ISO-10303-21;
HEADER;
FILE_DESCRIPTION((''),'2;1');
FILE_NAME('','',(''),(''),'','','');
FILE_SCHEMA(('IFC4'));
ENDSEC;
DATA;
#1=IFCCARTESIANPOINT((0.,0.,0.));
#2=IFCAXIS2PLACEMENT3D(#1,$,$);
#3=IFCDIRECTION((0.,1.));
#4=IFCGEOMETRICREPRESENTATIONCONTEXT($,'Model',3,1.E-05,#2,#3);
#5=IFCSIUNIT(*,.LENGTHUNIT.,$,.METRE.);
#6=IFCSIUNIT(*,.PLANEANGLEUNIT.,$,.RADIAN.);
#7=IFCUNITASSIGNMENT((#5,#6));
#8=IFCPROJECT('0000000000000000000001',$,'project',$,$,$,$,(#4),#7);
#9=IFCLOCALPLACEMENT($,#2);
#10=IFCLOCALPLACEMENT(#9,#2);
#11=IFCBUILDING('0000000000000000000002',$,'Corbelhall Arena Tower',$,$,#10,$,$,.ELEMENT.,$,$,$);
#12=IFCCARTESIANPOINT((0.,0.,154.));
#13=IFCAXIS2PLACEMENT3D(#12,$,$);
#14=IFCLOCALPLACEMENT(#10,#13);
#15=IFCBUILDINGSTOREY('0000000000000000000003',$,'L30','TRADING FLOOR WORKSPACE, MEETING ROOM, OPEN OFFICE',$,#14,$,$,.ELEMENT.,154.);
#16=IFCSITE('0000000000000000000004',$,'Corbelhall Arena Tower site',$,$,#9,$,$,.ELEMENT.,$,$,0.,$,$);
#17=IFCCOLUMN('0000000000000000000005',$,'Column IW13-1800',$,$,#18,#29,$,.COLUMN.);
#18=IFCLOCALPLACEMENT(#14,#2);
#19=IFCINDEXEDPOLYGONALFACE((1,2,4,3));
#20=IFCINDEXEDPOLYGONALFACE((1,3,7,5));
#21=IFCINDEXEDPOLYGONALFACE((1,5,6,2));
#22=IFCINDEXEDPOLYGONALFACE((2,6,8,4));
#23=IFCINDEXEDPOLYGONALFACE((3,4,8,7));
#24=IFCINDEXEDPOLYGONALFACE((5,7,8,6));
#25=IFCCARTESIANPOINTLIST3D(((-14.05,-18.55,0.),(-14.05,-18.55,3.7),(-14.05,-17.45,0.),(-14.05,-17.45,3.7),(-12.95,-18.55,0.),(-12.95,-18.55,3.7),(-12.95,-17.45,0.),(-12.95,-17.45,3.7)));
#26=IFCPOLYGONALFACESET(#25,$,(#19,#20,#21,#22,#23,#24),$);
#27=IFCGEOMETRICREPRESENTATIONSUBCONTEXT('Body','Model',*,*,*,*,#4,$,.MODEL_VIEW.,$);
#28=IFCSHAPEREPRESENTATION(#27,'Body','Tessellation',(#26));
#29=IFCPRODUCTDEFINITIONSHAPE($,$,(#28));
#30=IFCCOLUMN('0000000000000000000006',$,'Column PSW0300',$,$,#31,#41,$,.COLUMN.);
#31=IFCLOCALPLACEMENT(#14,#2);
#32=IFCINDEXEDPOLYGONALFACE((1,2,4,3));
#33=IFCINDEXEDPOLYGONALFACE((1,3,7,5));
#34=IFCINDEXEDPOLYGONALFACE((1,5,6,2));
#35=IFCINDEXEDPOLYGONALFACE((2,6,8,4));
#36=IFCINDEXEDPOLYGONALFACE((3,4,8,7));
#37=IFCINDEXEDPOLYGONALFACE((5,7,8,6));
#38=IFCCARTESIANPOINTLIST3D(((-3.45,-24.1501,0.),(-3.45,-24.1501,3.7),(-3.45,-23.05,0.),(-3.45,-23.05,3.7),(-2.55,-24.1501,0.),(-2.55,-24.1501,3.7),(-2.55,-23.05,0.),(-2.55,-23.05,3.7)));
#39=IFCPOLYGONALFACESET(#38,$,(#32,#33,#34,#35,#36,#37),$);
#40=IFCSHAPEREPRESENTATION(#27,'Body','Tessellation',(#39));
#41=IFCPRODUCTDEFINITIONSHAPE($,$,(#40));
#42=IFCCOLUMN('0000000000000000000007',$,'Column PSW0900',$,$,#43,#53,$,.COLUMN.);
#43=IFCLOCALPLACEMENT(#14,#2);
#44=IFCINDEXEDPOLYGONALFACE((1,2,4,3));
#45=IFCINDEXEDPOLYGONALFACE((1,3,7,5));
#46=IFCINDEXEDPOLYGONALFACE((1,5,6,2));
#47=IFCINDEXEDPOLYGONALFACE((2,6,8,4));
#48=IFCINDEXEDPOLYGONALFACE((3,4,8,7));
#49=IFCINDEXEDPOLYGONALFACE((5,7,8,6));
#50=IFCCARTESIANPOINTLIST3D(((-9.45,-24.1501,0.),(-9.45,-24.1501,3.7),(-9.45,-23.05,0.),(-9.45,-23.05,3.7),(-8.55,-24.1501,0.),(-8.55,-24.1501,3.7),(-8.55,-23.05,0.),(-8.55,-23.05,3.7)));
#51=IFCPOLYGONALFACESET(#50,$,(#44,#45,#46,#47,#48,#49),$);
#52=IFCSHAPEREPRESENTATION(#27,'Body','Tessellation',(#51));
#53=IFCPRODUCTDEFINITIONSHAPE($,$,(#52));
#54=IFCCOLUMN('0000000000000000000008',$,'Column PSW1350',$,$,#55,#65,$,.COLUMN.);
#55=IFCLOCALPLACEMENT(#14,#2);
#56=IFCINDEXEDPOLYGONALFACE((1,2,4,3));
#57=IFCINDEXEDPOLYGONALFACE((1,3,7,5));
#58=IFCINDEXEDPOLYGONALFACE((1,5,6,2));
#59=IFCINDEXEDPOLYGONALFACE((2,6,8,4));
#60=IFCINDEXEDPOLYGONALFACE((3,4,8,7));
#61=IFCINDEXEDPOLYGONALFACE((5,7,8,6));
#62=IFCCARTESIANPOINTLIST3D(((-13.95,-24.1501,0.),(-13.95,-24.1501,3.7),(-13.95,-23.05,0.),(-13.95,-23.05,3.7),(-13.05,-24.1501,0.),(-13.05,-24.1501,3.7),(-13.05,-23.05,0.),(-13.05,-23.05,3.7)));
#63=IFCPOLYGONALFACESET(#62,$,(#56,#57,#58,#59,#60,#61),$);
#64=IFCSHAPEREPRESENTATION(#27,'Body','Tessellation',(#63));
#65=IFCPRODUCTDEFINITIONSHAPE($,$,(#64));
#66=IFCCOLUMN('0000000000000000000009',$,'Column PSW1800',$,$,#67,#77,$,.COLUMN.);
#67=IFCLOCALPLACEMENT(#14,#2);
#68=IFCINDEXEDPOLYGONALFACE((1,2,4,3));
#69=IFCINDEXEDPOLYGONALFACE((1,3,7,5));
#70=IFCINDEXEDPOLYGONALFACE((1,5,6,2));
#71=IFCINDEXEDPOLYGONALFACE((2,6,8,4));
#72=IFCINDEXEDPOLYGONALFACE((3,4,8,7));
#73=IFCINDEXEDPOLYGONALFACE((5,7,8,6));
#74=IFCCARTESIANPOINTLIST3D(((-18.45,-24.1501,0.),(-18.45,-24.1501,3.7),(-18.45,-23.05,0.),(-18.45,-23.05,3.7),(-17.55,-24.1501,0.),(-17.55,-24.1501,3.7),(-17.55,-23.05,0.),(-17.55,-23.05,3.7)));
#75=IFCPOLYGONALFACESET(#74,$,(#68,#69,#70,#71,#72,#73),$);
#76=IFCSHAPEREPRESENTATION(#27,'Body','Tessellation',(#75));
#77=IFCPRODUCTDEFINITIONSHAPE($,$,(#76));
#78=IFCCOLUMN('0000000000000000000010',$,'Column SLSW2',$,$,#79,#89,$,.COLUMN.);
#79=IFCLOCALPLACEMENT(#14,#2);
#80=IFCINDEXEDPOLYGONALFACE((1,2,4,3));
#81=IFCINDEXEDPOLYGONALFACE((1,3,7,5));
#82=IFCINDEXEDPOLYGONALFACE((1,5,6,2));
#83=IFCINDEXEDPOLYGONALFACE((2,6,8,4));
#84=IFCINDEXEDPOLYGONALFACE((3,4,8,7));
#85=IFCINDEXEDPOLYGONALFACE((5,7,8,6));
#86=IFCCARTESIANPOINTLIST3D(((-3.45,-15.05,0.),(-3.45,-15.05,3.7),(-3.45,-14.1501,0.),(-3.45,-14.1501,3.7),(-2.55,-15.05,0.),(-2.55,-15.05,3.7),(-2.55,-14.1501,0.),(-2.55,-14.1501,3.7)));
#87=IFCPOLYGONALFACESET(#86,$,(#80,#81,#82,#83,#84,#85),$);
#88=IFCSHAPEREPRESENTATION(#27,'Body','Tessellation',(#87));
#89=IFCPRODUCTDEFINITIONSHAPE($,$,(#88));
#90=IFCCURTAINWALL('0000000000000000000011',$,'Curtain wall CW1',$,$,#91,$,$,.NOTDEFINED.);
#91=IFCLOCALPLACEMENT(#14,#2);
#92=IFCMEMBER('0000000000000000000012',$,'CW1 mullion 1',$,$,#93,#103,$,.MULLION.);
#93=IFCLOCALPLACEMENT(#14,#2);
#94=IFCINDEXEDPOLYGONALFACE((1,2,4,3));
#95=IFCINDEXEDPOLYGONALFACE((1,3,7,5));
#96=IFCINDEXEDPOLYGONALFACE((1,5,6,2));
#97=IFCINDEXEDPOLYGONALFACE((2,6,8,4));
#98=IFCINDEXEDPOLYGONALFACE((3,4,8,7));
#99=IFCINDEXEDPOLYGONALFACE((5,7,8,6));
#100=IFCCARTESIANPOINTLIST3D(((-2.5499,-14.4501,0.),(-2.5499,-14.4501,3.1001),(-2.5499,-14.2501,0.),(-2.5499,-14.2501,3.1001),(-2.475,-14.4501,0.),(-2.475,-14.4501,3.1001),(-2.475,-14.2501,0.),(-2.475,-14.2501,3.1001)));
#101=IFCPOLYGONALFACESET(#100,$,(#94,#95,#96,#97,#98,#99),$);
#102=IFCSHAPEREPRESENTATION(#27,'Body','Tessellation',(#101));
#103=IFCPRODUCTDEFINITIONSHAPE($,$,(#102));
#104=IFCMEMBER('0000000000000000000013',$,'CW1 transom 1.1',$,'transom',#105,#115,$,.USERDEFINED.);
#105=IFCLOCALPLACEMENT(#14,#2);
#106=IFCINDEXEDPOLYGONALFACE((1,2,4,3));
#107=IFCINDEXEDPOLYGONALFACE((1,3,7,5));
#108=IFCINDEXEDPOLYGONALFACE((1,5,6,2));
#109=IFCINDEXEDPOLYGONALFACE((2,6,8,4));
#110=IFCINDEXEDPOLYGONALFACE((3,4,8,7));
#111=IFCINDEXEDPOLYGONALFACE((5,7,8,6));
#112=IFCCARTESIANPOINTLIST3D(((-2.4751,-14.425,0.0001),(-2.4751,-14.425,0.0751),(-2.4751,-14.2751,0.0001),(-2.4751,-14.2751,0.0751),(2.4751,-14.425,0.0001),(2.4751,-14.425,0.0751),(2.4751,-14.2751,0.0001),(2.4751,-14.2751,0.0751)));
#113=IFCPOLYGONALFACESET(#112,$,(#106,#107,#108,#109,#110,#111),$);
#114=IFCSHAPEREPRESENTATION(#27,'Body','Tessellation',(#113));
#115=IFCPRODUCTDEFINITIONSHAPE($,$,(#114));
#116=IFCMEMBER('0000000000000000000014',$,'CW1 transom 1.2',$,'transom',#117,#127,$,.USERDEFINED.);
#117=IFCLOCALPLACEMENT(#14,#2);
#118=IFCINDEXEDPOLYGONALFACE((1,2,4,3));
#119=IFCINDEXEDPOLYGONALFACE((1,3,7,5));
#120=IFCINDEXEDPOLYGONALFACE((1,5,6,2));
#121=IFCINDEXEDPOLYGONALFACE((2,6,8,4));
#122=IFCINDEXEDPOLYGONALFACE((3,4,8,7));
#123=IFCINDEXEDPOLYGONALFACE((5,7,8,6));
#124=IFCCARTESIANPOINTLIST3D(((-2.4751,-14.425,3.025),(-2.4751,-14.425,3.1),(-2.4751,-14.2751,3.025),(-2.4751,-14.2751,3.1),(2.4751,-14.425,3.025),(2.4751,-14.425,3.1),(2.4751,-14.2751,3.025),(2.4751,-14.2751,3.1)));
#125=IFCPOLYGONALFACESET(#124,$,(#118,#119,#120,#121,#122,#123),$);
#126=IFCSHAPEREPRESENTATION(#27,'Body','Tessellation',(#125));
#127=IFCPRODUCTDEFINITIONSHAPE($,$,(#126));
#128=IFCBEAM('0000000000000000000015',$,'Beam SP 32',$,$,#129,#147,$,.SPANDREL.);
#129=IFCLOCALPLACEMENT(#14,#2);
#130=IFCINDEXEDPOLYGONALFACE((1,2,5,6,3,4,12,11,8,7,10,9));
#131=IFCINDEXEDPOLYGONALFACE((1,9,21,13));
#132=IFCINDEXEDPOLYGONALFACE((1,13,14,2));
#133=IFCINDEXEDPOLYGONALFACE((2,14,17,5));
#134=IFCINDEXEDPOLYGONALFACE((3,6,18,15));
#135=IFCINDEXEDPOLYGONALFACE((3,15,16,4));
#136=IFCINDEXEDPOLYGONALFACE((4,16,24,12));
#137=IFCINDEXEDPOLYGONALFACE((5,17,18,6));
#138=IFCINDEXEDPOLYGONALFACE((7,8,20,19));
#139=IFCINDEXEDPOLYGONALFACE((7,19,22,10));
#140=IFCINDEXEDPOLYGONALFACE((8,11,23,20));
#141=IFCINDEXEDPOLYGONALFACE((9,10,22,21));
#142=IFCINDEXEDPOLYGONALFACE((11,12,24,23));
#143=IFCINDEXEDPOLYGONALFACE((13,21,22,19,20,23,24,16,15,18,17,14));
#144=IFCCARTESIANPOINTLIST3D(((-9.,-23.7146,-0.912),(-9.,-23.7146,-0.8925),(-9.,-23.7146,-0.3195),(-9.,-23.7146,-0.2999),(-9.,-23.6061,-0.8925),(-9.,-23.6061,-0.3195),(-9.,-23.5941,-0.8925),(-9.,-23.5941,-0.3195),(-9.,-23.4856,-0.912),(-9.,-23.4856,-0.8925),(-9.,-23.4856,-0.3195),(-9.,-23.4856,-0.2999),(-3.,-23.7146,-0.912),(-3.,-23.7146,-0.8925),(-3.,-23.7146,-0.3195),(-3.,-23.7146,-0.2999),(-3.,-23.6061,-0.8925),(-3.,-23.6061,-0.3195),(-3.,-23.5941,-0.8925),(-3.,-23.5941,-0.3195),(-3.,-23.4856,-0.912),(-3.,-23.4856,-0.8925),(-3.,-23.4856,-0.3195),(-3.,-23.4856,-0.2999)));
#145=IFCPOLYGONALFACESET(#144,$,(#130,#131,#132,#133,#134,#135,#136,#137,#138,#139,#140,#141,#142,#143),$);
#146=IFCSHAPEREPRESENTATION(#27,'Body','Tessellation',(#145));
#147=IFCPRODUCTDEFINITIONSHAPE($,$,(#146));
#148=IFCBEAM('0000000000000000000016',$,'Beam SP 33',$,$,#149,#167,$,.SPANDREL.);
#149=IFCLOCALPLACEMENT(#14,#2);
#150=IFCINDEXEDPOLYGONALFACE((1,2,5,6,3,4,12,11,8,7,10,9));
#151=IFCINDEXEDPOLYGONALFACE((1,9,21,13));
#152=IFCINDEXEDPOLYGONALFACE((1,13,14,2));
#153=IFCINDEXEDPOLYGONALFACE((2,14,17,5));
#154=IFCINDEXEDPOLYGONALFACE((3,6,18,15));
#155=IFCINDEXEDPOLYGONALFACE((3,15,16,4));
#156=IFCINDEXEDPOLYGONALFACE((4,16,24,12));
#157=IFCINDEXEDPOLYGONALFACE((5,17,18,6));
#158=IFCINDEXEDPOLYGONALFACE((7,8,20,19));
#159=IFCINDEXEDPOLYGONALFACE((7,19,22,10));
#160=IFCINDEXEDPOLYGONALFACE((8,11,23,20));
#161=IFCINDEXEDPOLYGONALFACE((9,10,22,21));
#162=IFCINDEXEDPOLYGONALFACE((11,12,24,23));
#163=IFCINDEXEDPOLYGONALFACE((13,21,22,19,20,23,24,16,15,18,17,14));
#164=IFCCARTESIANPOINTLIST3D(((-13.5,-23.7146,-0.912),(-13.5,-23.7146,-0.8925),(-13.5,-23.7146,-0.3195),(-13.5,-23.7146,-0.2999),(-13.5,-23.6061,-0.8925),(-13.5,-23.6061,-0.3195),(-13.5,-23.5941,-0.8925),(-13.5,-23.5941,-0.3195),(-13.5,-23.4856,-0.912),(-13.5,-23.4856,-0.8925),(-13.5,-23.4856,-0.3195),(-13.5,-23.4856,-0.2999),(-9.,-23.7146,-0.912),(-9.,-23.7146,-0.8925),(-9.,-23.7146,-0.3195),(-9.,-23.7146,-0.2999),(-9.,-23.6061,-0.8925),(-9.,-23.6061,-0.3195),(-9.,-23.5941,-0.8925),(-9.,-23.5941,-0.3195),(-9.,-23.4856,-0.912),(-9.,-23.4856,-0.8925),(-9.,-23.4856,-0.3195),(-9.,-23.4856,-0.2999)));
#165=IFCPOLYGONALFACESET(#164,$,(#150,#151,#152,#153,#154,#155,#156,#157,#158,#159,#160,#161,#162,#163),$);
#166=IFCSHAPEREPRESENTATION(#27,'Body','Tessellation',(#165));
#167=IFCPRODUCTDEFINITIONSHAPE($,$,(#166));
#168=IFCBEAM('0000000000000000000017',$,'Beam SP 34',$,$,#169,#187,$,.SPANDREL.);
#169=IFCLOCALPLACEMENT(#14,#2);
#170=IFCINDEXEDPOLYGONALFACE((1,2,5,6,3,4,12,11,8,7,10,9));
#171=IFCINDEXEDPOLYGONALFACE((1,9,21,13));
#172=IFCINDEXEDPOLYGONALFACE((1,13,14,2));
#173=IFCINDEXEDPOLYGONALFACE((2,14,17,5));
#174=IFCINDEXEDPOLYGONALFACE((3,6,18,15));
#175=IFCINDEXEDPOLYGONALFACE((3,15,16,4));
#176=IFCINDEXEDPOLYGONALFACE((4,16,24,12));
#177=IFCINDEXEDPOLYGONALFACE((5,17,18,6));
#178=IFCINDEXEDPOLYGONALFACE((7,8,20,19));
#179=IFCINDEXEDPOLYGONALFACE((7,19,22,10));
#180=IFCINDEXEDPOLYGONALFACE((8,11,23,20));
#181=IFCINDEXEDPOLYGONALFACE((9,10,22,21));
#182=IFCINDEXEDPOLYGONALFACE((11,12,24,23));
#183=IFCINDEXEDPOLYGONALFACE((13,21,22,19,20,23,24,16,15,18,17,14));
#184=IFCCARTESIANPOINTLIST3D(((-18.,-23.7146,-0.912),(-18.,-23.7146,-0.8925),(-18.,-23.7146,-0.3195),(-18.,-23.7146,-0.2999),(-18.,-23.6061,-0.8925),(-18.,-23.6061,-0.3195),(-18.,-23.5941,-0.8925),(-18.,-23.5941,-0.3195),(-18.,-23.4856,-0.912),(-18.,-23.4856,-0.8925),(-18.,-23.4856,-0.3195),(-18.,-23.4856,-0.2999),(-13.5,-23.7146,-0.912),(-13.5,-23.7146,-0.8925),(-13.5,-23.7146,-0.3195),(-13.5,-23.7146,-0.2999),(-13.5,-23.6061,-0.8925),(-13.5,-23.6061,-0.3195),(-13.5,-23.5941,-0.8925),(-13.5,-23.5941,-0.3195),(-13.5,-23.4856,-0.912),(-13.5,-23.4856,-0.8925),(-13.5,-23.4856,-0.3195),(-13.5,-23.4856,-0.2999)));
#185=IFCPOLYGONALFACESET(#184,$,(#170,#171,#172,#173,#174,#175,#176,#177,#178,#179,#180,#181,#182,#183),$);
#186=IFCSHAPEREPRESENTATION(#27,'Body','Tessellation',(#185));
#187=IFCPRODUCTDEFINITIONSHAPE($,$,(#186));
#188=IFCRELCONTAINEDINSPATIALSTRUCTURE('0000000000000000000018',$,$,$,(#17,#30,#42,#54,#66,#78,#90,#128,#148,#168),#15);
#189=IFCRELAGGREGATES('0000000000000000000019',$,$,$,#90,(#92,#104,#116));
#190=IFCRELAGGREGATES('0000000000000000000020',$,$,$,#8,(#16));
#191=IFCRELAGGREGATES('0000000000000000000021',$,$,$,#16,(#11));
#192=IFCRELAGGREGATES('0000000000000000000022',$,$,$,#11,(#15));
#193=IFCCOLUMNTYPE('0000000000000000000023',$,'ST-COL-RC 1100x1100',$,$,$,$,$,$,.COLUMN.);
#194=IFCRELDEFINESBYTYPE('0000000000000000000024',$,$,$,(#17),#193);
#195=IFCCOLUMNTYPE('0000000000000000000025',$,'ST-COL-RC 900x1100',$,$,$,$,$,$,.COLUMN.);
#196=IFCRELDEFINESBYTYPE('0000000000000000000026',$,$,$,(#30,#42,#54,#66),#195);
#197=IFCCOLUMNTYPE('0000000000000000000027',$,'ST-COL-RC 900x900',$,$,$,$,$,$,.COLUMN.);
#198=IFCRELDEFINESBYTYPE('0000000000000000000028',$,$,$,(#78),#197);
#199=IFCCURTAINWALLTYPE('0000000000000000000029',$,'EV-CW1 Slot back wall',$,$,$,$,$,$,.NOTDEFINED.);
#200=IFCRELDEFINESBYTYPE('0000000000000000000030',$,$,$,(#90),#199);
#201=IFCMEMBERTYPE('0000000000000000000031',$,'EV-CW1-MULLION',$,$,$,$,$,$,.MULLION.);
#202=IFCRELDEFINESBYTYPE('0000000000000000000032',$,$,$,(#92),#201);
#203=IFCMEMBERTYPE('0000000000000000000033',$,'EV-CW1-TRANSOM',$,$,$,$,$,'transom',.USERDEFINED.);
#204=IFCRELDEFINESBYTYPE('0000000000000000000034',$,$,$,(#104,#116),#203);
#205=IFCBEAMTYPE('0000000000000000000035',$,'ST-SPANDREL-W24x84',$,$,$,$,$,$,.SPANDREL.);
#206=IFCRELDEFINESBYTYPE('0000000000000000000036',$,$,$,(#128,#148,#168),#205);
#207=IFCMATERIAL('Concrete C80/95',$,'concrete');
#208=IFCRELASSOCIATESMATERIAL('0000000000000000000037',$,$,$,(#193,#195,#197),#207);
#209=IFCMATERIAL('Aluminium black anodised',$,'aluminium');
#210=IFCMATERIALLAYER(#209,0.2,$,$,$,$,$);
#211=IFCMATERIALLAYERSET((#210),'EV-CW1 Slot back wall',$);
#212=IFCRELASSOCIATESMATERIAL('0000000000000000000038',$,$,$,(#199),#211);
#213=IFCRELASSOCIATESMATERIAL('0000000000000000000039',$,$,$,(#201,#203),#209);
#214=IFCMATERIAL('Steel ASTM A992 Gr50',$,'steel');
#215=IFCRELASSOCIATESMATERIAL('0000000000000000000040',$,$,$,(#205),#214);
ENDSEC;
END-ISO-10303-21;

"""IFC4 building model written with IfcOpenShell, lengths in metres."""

from ifc_helpers import new_model, si_unit, direction, frame, origin, origin_2d, place, context, subcontext, project, spatial, rectangle, i_section, extrude, material, layer, layer_set, material_profile, profile_set, type_object, element, aggregate, save


model = new_model("IFC4")

# Units and contexts
model_context = context("Model", 3, precision=1e-05, world=origin(), true_north=direction((0.0, 1.0)))
body_context = subcontext(model_context, "Body", "Model", "MODEL_VIEW")
ifc_project = project(units=[si_unit("LENGTHUNIT", "METRE"), si_unit("PLANEANGLEUNIT", "RADIAN")], contexts=[model_context])

# Site, building, storey
site_placement = place(None, origin())
site = spatial("IfcSite", under=ifc_project, at=site_placement, Name="Corbelhall Arena Tower site", CompositionType="ELEMENT", RefElevation=0.0)
building_placement = place(site_placement, origin())
building = spatial("IfcBuilding", under=site, at=building_placement, Name="Corbelhall Arena Tower", CompositionType="ELEMENT")
storey_placement = place(building_placement, frame((0.0, 0.0, 154.0)))
storey = spatial("IfcBuildingStorey", under=building, at=storey_placement, Name="L30", Description="TRADING FLOOR WORKSPACE, MEETING ROOM, OPEN OFFICE", CompositionType="ELEMENT", Elevation=154.0)

# Columns
ifc_material_1 = material(Name="Concrete C80/95", Category="concrete")
ifc_material_profile_1 = material_profile(ifc_material_1, rectangle(XDim=1.1001, YDim=1.1001, at=origin_2d()))
ifc_profile_set_1 = profile_set([ifc_material_profile_1], Name="Concrete C80/95")
column_type_1 = type_object("IfcColumnType", Name="ST-COL-RC 1100x1100", PredefinedType="COLUMN", material=ifc_profile_set_1)
column_1_placement = place(storey_placement, frame((-13.5, -18.0, 0.0), z_axis=(0.0, 0.0, 1.0), x_axis=(1.0, 0.0, 0.0)))
element("IfcColumn", 1, at=column_1_placement, inside=storey, type_object=column_type_1, Name="Column IW13-1800", PredefinedType="COLUMN", context=body_context, shape_type="SweptSolid", body=[
    extrude(rectangle(XDim=1.1001, YDim=1.1001, at=origin_2d()), origin(), (0.0, 0.0, 1.0), 3.7),
])
ifc_material_profile_2 = material_profile(ifc_material_1, rectangle(XDim=0.8999, YDim=1.1001, at=origin_2d()))
ifc_profile_set_2 = profile_set([ifc_material_profile_2], Name="Concrete C80/95")
column_type_2 = type_object("IfcColumnType", Name="ST-COL-RC 900x1100", PredefinedType="COLUMN", material=ifc_profile_set_2)
for number, where, z_axis, x_axis, name in (
    (2, (-3.0, -23.6001, 0.0), (0.0, 0.0, 1.0), (1.0, 0.0, 0.0), "Column PSW0300"),
    (3, (-9.0, -23.6001, 0.0), (0.0, 0.0, 1.0), (1.0, 0.0, 0.0), "Column PSW0900"),
    (4, (-13.5, -23.6001, 0.0), (0.0, 0.0, 1.0), (1.0, 0.0, 0.0), "Column PSW1350"),
    (5, (-18.0, -23.6001, 0.0), (0.0, 0.0, 1.0), (1.0, 0.0, 0.0), "Column PSW1800"),
):
    element("IfcColumn", number, at=place(storey_placement, frame(where, z_axis=z_axis, x_axis=x_axis)), inside=storey, type_object=column_type_2, Name=name, PredefinedType="COLUMN", context=body_context, shape_type="SweptSolid", body=[
        extrude(rectangle(XDim=0.8999, YDim=1.1001, at=origin_2d()), origin(), (0.0, 0.0, 1.0), 3.7),
    ])
ifc_material_profile_3 = material_profile(ifc_material_1, rectangle(XDim=0.8999, YDim=0.8999, at=origin_2d()))
ifc_profile_set_3 = profile_set([ifc_material_profile_3], Name="Concrete C80/95")
column_type_3 = type_object("IfcColumnType", Name="ST-COL-RC 900x900", PredefinedType="COLUMN", material=ifc_profile_set_3)
column_2_placement = place(storey_placement, frame((-3.0, -14.6001, 0.0), z_axis=(0.0, 0.0, 1.0), x_axis=(1.0, 0.0, 0.0)))
element("IfcColumn", 6, at=column_2_placement, inside=storey, type_object=column_type_3, Name="Column SLSW2", PredefinedType="COLUMN", context=body_context, shape_type="SweptSolid", body=[
    extrude(rectangle(XDim=0.8999, YDim=0.8999, at=origin_2d()), origin(), (0.0, 0.0, 1.0), 3.7),
])

# Curtain wall, members
ifc_material_2 = material(Name="Aluminium black anodised", Category="aluminium")
ifc_layer_1 = layer(ifc_material_2, 0.2)
ifc_layer_set_1 = layer_set([ifc_layer_1], Name="EV-CW1 Slot back wall")
curtain_wall_type = type_object("IfcCurtainWallType", Name="EV-CW1 Slot back wall", PredefinedType="NOTDEFINED", material=ifc_layer_set_1)
curtain_wall_placement = place(storey_placement, origin())
curtain_wall = element("IfcCurtainWall", 7, at=curtain_wall_placement, inside=storey, type_object=curtain_wall_type, Name="Curtain wall CW1", PredefinedType="NOTDEFINED")
ifc_material_profile_4 = material_profile(ifc_material_2, rectangle(XDim=0.2, YDim=0.075, at=origin_2d()))
ifc_profile_set_4 = profile_set([ifc_material_profile_4], Name="Aluminium black anodised")
member_type_1 = type_object("IfcMemberType", Name="EV-CW1-MULLION", PredefinedType="MULLION", material=ifc_profile_set_4)
member_1_placement = place(storey_placement, frame((-2.5125, -14.3501, 0.0), z_axis=(0.0, 0.0, 1.0), x_axis=(0.0, 1.0, 0.0)))
member_1 = element("IfcMember", 8, at=member_1_placement, type_object=member_type_1, Name="CW1 mullion 1", PredefinedType="MULLION", context=body_context, shape_type="SweptSolid", body=[
    extrude(rectangle(XDim=0.2, YDim=0.075, at=origin_2d()), origin(), (0.0, 0.0, 1.0), 3.1001),
])
ifc_material_profile_5 = material_profile(ifc_material_2, rectangle(XDim=0.1499, YDim=0.075, at=origin_2d()))
ifc_profile_set_5 = profile_set([ifc_material_profile_5], Name="Aluminium black anodised")
member_type_2 = type_object("IfcMemberType", Name="EV-CW1-TRANSOM", ElementType="transom", PredefinedType="USERDEFINED", material=ifc_profile_set_5)
member_2_placement = place(storey_placement, frame((-2.4751, -14.3501, 0.0376), z_axis=(1.0, 0.0, 0.0), x_axis=(0.0, 1.0, 0.0)))
member_2 = element("IfcMember", 9, at=member_2_placement, type_object=member_type_2, Name="CW1 transom 1.1", ObjectType="transom", PredefinedType="USERDEFINED", context=body_context, shape_type="SweptSolid", body=[
    extrude(rectangle(XDim=0.1499, YDim=0.075, at=origin_2d()), origin(), (0.0, 0.0, 1.0), 4.9502),
])
member_3_placement = place(storey_placement, frame((-2.4751, -14.3501, 3.0625), z_axis=(1.0, 0.0, 0.0), x_axis=(0.0, 1.0, 0.0)))
member_3 = element("IfcMember", 10, at=member_3_placement, type_object=member_type_2, Name="CW1 transom 1.2", ObjectType="transom", PredefinedType="USERDEFINED", context=body_context, shape_type="SweptSolid", body=[
    extrude(rectangle(XDim=0.1499, YDim=0.075, at=origin_2d()), origin(), (0.0, 0.0, 1.0), 4.9502),
])
aggregate(curtain_wall, [member_1, member_2, member_3])

# Beams
ifc_material_3 = material(Name="Steel ASTM A992 Gr50", Category="steel")
ifc_material_profile_6 = material_profile(ifc_material_3, i_section(OverallWidth=0.229, OverallDepth=0.6121, WebThickness=0.012, FlangeThickness=0.0195, at=origin_2d()))
ifc_profile_set_6 = profile_set([ifc_material_profile_6], Name="Steel ASTM A992 Gr50")
beam_type_1 = type_object("IfcBeamType", Name="ST-SPANDREL-W24x84", PredefinedType="SPANDREL", material=ifc_profile_set_6)
beam_1_placement = place(storey_placement, frame((-3.0, -23.6001, -0.606), z_axis=(-1.0, 0.0, 0.0), x_axis=(0.0, -1.0, 0.0)))
element("IfcBeam", 11, at=beam_1_placement, inside=storey, type_object=beam_type_1, Name="Beam SP 32", PredefinedType="SPANDREL", context=body_context, shape_type="SweptSolid", body=[
    extrude(i_section(OverallWidth=0.229, OverallDepth=0.6121, WebThickness=0.012, FlangeThickness=0.0195, at=origin_2d()), origin(), (0.0, 0.0, 1.0), 6.0),
])
for number, where, z_axis, x_axis, name in (
    (12, (-9.0, -23.6001, -0.606), (-1.0, 0.0, 0.0), (0.0, -1.0, 0.0), "Beam SP 33"),
    (13, (-13.5, -23.6001, -0.606), (-1.0, 0.0, 0.0), (0.0, -1.0, 0.0), "Beam SP 34"),
):
    element("IfcBeam", number, at=place(storey_placement, frame(where, z_axis=z_axis, x_axis=x_axis)), inside=storey, type_object=beam_type_1, Name=name, PredefinedType="SPANDREL", context=body_context, shape_type="SweptSolid", body=[
        extrude(i_section(OverallWidth=0.229, OverallDepth=0.6121, WebThickness=0.012, FlangeThickness=0.0195, at=origin_2d()), origin(), (0.0, 0.0, 1.0), 4.5),
    ])

save(model, "model.ifc")
